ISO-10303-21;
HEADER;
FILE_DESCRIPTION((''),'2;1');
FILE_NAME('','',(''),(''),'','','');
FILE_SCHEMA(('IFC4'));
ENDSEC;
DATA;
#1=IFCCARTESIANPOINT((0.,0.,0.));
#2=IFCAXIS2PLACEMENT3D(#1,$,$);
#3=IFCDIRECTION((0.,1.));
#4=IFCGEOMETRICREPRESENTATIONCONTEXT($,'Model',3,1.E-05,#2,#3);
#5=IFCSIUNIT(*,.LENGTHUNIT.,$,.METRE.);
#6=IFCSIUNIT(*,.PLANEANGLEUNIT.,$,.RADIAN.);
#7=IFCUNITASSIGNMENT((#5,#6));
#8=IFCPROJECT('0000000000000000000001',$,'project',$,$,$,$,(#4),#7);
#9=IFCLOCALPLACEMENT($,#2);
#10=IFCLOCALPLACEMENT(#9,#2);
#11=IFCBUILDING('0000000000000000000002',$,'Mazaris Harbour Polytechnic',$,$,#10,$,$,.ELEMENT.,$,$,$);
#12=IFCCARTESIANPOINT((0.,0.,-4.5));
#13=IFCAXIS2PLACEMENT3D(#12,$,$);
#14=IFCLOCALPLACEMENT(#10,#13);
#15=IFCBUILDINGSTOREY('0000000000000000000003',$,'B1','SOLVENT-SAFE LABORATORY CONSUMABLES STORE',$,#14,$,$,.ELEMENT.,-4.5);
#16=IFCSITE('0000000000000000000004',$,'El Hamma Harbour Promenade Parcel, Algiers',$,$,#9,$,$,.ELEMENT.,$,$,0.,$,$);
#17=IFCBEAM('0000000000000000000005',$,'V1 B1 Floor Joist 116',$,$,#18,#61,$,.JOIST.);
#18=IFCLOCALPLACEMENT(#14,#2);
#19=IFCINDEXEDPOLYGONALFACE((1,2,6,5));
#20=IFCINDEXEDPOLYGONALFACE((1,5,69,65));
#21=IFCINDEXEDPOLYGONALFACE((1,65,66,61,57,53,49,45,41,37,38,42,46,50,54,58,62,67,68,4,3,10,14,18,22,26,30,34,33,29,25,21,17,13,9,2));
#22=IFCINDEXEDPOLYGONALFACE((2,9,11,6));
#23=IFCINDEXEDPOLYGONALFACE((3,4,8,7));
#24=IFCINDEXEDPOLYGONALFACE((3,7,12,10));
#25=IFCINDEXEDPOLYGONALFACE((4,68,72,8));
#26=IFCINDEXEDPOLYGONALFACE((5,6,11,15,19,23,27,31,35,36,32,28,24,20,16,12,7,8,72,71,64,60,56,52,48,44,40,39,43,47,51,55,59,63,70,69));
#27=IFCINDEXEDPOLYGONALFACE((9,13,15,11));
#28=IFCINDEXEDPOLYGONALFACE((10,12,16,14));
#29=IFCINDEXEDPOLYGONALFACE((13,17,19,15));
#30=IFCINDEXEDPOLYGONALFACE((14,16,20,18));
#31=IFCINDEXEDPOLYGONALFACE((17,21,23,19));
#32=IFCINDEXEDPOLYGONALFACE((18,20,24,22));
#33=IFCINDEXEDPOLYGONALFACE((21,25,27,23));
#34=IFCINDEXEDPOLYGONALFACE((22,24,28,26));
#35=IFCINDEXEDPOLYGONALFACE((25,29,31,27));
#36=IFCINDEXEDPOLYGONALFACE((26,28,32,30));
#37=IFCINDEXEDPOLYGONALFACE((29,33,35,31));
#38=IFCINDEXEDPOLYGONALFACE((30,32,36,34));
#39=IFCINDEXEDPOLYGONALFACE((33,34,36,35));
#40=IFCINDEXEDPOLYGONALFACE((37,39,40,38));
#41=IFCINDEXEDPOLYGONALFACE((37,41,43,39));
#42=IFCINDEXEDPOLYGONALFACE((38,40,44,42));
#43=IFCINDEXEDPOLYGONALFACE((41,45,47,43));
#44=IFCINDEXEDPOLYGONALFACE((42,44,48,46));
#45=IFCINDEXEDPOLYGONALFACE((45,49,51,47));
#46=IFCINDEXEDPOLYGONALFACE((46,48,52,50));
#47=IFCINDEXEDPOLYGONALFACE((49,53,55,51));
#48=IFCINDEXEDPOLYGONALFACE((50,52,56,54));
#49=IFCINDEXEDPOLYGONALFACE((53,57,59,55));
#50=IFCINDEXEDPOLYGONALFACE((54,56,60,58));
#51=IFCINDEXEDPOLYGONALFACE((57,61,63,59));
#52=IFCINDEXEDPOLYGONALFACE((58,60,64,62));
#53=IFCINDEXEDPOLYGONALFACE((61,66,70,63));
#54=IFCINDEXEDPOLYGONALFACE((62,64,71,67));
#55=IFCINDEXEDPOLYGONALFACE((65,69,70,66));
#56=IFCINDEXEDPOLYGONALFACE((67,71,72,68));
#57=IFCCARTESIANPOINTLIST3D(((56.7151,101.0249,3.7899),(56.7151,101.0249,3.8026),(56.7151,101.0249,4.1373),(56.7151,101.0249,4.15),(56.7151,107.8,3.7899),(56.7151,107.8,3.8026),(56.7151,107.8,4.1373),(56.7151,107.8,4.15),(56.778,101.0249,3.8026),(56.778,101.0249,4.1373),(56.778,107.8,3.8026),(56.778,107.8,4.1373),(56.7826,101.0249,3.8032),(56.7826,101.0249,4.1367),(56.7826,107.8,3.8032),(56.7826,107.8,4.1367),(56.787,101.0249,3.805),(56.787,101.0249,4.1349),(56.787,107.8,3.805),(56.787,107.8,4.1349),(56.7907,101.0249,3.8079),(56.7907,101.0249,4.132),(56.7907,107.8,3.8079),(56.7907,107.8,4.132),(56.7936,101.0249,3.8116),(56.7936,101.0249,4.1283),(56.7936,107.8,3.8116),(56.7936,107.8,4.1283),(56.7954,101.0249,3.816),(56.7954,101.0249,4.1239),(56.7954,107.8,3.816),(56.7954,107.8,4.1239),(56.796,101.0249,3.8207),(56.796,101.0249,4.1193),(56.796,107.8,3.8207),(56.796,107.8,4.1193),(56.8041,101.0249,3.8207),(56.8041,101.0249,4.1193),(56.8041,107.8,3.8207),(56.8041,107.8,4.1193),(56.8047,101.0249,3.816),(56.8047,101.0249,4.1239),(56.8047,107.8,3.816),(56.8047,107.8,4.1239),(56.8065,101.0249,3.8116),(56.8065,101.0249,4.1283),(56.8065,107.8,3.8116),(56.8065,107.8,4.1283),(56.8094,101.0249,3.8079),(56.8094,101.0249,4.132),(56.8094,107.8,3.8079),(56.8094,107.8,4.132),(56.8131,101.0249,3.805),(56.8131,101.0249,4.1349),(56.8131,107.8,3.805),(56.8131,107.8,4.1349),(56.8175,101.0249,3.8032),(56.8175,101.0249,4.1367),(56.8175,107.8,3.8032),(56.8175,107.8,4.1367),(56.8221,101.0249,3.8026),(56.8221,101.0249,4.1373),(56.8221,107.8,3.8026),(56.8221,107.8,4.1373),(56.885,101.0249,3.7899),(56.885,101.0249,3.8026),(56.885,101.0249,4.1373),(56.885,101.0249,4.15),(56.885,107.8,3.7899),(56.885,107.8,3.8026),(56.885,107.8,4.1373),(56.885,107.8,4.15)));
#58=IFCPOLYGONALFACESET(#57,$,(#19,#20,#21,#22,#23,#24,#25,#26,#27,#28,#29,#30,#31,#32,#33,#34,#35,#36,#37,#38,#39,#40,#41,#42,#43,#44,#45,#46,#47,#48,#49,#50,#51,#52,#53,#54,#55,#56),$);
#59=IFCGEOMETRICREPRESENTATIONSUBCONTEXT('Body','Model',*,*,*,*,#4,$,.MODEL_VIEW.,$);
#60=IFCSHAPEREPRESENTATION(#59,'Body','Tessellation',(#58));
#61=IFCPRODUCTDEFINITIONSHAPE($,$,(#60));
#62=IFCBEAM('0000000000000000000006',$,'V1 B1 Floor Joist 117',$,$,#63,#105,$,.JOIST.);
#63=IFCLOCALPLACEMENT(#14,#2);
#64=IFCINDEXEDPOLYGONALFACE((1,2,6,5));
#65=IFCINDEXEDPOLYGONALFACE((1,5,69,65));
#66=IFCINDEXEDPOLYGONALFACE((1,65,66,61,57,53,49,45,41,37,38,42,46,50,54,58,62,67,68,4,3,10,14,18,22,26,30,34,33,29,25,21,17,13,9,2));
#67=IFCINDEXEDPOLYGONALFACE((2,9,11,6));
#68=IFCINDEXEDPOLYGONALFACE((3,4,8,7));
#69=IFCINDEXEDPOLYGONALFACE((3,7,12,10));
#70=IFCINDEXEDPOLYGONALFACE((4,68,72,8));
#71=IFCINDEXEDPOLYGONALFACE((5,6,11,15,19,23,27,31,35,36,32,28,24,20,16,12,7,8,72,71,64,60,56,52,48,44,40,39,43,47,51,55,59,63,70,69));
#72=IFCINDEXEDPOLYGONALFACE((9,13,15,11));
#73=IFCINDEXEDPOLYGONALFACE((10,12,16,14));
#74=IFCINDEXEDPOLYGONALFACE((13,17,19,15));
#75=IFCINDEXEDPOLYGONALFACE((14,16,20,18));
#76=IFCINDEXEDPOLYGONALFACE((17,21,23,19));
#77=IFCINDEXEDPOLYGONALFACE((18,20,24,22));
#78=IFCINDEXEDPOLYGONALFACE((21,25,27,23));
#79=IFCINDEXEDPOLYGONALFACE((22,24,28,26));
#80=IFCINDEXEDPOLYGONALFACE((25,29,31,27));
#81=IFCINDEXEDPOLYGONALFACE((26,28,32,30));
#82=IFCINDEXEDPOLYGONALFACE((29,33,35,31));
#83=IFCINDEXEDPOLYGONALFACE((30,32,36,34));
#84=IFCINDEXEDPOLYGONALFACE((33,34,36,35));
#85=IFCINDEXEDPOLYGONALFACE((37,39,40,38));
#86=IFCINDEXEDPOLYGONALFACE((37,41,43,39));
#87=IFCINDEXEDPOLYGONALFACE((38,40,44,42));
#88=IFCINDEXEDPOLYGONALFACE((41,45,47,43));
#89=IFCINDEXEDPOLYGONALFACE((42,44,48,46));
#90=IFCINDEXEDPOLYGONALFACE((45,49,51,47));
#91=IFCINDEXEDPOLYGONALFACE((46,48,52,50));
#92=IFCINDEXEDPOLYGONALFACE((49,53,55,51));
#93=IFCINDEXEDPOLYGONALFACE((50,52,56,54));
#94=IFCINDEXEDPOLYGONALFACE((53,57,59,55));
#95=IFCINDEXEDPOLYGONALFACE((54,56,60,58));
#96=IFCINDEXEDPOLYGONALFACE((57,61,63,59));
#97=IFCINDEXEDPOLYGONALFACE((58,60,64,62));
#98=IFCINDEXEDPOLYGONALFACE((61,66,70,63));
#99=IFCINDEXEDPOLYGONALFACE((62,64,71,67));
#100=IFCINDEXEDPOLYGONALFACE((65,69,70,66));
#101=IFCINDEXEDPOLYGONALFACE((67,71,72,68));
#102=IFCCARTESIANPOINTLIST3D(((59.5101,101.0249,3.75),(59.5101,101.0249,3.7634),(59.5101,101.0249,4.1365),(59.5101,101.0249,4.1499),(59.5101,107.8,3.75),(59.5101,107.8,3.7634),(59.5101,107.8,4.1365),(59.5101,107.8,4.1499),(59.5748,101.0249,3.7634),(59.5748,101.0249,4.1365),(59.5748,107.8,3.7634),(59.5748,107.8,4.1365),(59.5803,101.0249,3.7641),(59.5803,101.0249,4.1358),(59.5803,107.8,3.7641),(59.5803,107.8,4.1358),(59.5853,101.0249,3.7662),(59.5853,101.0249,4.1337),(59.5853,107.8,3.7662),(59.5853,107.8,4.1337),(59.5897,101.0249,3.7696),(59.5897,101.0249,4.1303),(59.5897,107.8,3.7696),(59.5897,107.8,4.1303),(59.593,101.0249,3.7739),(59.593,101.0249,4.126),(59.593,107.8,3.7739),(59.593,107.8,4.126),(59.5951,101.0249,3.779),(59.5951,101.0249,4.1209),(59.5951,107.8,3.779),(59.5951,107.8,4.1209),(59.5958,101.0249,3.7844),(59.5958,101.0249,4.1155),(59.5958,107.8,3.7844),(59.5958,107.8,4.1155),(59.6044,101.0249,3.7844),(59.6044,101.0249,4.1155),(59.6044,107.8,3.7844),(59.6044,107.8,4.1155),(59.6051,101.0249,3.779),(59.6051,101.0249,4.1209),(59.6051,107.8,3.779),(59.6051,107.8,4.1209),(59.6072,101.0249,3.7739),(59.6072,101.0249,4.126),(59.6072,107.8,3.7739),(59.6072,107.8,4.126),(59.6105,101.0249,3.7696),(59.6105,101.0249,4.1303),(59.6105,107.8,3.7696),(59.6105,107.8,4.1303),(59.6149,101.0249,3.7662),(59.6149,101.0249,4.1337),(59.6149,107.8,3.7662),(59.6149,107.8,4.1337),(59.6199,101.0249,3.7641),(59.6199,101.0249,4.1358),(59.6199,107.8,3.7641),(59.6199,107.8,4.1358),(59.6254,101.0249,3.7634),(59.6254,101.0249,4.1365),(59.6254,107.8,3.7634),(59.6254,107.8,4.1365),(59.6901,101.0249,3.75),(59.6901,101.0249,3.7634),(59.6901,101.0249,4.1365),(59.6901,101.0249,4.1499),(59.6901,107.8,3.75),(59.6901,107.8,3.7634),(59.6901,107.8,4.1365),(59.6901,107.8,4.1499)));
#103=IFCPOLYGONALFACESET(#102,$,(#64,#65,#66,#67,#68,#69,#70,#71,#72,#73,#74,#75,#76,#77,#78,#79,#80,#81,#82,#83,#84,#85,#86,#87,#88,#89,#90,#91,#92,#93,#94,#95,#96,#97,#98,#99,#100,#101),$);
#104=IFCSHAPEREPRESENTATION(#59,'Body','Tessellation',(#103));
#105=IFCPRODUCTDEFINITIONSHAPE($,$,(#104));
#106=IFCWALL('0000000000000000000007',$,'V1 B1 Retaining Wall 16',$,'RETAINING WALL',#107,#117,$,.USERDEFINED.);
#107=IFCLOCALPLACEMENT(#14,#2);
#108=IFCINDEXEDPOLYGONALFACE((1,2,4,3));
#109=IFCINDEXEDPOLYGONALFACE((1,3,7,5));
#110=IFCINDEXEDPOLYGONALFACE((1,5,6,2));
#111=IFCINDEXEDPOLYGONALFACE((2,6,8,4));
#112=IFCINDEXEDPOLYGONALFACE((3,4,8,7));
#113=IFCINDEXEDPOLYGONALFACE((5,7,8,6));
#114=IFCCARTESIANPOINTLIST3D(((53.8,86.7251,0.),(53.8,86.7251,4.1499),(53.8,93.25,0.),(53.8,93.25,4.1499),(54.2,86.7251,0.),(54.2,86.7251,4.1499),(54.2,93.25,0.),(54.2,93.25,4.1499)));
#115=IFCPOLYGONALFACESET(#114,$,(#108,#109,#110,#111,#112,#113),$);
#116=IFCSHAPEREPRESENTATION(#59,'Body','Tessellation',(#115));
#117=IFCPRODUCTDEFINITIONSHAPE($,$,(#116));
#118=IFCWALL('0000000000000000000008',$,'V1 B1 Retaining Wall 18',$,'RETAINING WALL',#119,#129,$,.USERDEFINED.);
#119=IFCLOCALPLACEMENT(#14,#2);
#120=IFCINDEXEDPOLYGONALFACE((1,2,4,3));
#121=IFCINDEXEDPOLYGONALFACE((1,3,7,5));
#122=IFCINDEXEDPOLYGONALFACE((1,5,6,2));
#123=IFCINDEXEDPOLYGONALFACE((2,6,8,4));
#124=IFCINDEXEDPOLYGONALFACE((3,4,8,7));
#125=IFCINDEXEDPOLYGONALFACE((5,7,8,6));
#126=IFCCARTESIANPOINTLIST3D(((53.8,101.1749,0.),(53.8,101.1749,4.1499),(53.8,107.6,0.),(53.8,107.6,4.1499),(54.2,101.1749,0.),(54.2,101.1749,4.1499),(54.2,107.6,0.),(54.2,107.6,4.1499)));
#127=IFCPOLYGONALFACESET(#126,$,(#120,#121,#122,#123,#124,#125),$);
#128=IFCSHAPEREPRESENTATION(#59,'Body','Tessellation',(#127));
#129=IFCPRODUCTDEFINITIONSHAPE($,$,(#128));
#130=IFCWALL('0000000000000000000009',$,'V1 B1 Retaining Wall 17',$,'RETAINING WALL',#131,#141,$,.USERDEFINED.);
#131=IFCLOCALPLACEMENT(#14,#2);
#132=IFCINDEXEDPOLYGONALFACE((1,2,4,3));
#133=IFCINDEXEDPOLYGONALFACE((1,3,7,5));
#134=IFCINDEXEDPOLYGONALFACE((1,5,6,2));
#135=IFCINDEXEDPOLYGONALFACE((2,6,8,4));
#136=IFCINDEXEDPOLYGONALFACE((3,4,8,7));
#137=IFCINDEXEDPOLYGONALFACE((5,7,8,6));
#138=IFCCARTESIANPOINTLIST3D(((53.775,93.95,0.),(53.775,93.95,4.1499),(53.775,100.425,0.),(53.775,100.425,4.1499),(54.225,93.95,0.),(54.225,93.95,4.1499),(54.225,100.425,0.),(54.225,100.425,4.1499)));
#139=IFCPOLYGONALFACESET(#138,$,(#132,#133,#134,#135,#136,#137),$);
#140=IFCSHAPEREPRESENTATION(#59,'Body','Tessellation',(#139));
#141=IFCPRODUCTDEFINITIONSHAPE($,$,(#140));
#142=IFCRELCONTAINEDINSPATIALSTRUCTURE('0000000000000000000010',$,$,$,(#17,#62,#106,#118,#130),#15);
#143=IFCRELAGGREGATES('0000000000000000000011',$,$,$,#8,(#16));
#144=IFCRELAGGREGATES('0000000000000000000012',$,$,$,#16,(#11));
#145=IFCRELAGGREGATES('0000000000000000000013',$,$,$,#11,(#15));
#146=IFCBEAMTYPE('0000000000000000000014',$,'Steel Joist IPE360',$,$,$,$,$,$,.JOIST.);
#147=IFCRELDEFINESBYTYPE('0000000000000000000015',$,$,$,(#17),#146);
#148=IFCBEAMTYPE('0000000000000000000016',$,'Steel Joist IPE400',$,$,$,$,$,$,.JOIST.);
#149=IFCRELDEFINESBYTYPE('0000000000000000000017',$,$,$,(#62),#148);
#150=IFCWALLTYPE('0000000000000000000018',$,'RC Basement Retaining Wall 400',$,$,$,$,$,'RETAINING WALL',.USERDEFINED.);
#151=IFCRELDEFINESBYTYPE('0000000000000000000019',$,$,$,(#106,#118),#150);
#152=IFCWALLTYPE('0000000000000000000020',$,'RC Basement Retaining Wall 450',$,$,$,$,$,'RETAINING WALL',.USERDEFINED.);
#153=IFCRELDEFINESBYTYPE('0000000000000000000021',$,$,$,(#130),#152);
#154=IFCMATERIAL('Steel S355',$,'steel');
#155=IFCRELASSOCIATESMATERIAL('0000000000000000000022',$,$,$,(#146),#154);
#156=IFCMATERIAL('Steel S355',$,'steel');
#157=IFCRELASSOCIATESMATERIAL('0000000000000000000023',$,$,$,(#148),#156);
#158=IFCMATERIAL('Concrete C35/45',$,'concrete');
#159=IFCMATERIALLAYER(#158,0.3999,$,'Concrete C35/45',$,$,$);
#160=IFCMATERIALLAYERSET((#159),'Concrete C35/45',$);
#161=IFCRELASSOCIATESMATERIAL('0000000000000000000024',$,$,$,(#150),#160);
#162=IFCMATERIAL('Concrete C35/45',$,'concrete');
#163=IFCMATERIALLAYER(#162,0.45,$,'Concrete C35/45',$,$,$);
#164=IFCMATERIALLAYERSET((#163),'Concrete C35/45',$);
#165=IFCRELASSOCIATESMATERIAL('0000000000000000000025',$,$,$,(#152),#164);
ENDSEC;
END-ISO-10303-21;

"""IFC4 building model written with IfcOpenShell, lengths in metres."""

from ifc_helpers import new_model, si_unit, direction, frame, frame_2d, origin, origin_2d, place, context, subcontext, project, spatial, rectangle, i_section, extrude, material, layer, layer_set, material_profile, profile_set, type_object, element, save


model = new_model("IFC4")

# Units and contexts
model_context = context("Model", 3, precision=1e-05, world=origin(), true_north=direction((0.0, 1.0)))
body_context = subcontext(model_context, "Body", "Model", "MODEL_VIEW")
ifc_project = project(units=[si_unit("LENGTHUNIT", "METRE"), si_unit("PLANEANGLEUNIT", "RADIAN")], contexts=[model_context])

# Site, building, storey
site_placement = place(None, origin())
site = spatial("IfcSite", under=ifc_project, at=site_placement, Name="El Hamma Harbour Promenade Parcel, Algiers", CompositionType="ELEMENT", RefElevation=0.0)
building_placement = place(site_placement, origin())
building = spatial("IfcBuilding", under=site, at=building_placement, Name="Mazaris Harbour Polytechnic", CompositionType="ELEMENT")
storey_placement = place(building_placement, frame((0.0, 0.0, -4.5)))
storey = spatial("IfcBuildingStorey", under=building, at=storey_placement, Name="B1", Description="SOLVENT-SAFE LABORATORY CONSUMABLES STORE", CompositionType="ELEMENT", Elevation=-4.5)

# Beams
ifc_material_1 = material(Name="Steel S355", Category="steel")
ifc_material_profile_1 = material_profile(ifc_material_1, i_section(OverallWidth=0.1699, OverallDepth=0.3601, WebThickness=0.0081, FlangeThickness=0.0127, FilletRadius=0.0181, at=origin_2d()), Name="IPE 360")
ifc_profile_set_1 = profile_set([ifc_material_profile_1], Name="Steel S355")
beam_type_1 = type_object("IfcBeamType", Name="Steel Joist IPE360", PredefinedType="JOIST", material=ifc_profile_set_1)
beam_1_placement = place(storey_placement, frame((56.8, 101.0249, 3.97), z_axis=(0.0, 1.0, 0.0), x_axis=(-1.0, 0.0, 0.0)))
element("IfcBeam", 1, at=beam_1_placement, inside=storey, type_object=beam_type_1, Name="V1 B1 Floor Joist 116", PredefinedType="JOIST", context=body_context, shape_type="SweptSolid", body=[
    extrude(i_section(OverallWidth=0.1699, OverallDepth=0.3601, WebThickness=0.0081, FlangeThickness=0.0127, FilletRadius=0.0181, at=origin_2d()), origin(), (0.0, 0.0, 1.0), 6.7751),
])
ifc_material_2 = material(Name="Steel S355", Category="steel")
ifc_material_profile_2 = material_profile(ifc_material_2, i_section(OverallWidth=0.1799, OverallDepth=0.3999, WebThickness=0.0085, FlangeThickness=0.0134, FilletRadius=0.021, at=origin_2d()), Name="IPE 400")
ifc_profile_set_2 = profile_set([ifc_material_profile_2], Name="Steel S355")
beam_type_2 = type_object("IfcBeamType", Name="Steel Joist IPE400", PredefinedType="JOIST", material=ifc_profile_set_2)
beam_2_placement = place(storey_placement, frame((59.6001, 101.0249, 3.95), z_axis=(0.0, 1.0, 0.0), x_axis=(-1.0, 0.0, 0.0)))
element("IfcBeam", 2, at=beam_2_placement, inside=storey, type_object=beam_type_2, Name="V1 B1 Floor Joist 117", PredefinedType="JOIST", context=body_context, shape_type="SweptSolid", body=[
    extrude(i_section(OverallWidth=0.1799, OverallDepth=0.3999, WebThickness=0.0085, FlangeThickness=0.0134, FilletRadius=0.021, at=origin_2d()), origin(), (0.0, 0.0, 1.0), 6.7751),
])

# Walls
ifc_material_3 = material(Name="Concrete C35/45", Category="concrete")
ifc_layer_1 = layer(ifc_material_3, 0.3999, Name="Concrete C35/45")
ifc_layer_set_1 = layer_set([ifc_layer_1], Name="Concrete C35/45")
wall_type_1 = type_object("IfcWallType", Name="RC Basement Retaining Wall 400", ElementType="RETAINING WALL", PredefinedType="USERDEFINED", material=ifc_layer_set_1)
wall_1_placement = place(storey_placement, frame((54.0, 86.7251, 0.0), z_axis=(0.0, 0.0, 1.0), x_axis=(0.0, 1.0, 0.0)))
element("IfcWall", 3, at=wall_1_placement, inside=storey, type_object=wall_type_1, Name="V1 B1 Retaining Wall 16", ObjectType="RETAINING WALL", PredefinedType="USERDEFINED", context=body_context, shape_type="SweptSolid", body=[
    extrude(rectangle(XDim=6.5249, YDim=0.3999, at=frame_2d((3.2625, 0.0))), origin(), (0.0, 0.0, 1.0), 4.1499),
])
wall_2_placement = place(storey_placement, frame((54.0, 101.175, 0.0), z_axis=(0.0, 0.0, 1.0), x_axis=(0.0, 1.0, 0.0)))
element("IfcWall", 4, at=wall_2_placement, inside=storey, type_object=wall_type_1, Name="V1 B1 Retaining Wall 18", ObjectType="RETAINING WALL", PredefinedType="USERDEFINED", context=body_context, shape_type="SweptSolid", body=[
    extrude(rectangle(XDim=6.425, YDim=0.3999, at=frame_2d((3.2124, 0.0))), origin(), (0.0, 0.0, 1.0), 4.1499),
])
ifc_material_4 = material(Name="Concrete C35/45", Category="concrete")
ifc_layer_2 = layer(ifc_material_4, 0.45, Name="Concrete C35/45")
ifc_layer_set_2 = layer_set([ifc_layer_2], Name="Concrete C35/45")
wall_type_2 = type_object("IfcWallType", Name="RC Basement Retaining Wall 450", ElementType="RETAINING WALL", PredefinedType="USERDEFINED", material=ifc_layer_set_2)
wall_3_placement = place(storey_placement, frame((54.0, 93.95, 0.0), z_axis=(0.0, 0.0, 1.0), x_axis=(0.0, 1.0, 0.0)))
element("IfcWall", 5, at=wall_3_placement, inside=storey, type_object=wall_type_2, Name="V1 B1 Retaining Wall 17", ObjectType="RETAINING WALL", PredefinedType="USERDEFINED", context=body_context, shape_type="SweptSolid", body=[
    extrude(rectangle(XDim=6.4751, YDim=0.45, at=frame_2d((3.2375, 0.0))), origin(), (0.0, 0.0, 1.0), 4.1499),
])

save(model, "model.ifc")
